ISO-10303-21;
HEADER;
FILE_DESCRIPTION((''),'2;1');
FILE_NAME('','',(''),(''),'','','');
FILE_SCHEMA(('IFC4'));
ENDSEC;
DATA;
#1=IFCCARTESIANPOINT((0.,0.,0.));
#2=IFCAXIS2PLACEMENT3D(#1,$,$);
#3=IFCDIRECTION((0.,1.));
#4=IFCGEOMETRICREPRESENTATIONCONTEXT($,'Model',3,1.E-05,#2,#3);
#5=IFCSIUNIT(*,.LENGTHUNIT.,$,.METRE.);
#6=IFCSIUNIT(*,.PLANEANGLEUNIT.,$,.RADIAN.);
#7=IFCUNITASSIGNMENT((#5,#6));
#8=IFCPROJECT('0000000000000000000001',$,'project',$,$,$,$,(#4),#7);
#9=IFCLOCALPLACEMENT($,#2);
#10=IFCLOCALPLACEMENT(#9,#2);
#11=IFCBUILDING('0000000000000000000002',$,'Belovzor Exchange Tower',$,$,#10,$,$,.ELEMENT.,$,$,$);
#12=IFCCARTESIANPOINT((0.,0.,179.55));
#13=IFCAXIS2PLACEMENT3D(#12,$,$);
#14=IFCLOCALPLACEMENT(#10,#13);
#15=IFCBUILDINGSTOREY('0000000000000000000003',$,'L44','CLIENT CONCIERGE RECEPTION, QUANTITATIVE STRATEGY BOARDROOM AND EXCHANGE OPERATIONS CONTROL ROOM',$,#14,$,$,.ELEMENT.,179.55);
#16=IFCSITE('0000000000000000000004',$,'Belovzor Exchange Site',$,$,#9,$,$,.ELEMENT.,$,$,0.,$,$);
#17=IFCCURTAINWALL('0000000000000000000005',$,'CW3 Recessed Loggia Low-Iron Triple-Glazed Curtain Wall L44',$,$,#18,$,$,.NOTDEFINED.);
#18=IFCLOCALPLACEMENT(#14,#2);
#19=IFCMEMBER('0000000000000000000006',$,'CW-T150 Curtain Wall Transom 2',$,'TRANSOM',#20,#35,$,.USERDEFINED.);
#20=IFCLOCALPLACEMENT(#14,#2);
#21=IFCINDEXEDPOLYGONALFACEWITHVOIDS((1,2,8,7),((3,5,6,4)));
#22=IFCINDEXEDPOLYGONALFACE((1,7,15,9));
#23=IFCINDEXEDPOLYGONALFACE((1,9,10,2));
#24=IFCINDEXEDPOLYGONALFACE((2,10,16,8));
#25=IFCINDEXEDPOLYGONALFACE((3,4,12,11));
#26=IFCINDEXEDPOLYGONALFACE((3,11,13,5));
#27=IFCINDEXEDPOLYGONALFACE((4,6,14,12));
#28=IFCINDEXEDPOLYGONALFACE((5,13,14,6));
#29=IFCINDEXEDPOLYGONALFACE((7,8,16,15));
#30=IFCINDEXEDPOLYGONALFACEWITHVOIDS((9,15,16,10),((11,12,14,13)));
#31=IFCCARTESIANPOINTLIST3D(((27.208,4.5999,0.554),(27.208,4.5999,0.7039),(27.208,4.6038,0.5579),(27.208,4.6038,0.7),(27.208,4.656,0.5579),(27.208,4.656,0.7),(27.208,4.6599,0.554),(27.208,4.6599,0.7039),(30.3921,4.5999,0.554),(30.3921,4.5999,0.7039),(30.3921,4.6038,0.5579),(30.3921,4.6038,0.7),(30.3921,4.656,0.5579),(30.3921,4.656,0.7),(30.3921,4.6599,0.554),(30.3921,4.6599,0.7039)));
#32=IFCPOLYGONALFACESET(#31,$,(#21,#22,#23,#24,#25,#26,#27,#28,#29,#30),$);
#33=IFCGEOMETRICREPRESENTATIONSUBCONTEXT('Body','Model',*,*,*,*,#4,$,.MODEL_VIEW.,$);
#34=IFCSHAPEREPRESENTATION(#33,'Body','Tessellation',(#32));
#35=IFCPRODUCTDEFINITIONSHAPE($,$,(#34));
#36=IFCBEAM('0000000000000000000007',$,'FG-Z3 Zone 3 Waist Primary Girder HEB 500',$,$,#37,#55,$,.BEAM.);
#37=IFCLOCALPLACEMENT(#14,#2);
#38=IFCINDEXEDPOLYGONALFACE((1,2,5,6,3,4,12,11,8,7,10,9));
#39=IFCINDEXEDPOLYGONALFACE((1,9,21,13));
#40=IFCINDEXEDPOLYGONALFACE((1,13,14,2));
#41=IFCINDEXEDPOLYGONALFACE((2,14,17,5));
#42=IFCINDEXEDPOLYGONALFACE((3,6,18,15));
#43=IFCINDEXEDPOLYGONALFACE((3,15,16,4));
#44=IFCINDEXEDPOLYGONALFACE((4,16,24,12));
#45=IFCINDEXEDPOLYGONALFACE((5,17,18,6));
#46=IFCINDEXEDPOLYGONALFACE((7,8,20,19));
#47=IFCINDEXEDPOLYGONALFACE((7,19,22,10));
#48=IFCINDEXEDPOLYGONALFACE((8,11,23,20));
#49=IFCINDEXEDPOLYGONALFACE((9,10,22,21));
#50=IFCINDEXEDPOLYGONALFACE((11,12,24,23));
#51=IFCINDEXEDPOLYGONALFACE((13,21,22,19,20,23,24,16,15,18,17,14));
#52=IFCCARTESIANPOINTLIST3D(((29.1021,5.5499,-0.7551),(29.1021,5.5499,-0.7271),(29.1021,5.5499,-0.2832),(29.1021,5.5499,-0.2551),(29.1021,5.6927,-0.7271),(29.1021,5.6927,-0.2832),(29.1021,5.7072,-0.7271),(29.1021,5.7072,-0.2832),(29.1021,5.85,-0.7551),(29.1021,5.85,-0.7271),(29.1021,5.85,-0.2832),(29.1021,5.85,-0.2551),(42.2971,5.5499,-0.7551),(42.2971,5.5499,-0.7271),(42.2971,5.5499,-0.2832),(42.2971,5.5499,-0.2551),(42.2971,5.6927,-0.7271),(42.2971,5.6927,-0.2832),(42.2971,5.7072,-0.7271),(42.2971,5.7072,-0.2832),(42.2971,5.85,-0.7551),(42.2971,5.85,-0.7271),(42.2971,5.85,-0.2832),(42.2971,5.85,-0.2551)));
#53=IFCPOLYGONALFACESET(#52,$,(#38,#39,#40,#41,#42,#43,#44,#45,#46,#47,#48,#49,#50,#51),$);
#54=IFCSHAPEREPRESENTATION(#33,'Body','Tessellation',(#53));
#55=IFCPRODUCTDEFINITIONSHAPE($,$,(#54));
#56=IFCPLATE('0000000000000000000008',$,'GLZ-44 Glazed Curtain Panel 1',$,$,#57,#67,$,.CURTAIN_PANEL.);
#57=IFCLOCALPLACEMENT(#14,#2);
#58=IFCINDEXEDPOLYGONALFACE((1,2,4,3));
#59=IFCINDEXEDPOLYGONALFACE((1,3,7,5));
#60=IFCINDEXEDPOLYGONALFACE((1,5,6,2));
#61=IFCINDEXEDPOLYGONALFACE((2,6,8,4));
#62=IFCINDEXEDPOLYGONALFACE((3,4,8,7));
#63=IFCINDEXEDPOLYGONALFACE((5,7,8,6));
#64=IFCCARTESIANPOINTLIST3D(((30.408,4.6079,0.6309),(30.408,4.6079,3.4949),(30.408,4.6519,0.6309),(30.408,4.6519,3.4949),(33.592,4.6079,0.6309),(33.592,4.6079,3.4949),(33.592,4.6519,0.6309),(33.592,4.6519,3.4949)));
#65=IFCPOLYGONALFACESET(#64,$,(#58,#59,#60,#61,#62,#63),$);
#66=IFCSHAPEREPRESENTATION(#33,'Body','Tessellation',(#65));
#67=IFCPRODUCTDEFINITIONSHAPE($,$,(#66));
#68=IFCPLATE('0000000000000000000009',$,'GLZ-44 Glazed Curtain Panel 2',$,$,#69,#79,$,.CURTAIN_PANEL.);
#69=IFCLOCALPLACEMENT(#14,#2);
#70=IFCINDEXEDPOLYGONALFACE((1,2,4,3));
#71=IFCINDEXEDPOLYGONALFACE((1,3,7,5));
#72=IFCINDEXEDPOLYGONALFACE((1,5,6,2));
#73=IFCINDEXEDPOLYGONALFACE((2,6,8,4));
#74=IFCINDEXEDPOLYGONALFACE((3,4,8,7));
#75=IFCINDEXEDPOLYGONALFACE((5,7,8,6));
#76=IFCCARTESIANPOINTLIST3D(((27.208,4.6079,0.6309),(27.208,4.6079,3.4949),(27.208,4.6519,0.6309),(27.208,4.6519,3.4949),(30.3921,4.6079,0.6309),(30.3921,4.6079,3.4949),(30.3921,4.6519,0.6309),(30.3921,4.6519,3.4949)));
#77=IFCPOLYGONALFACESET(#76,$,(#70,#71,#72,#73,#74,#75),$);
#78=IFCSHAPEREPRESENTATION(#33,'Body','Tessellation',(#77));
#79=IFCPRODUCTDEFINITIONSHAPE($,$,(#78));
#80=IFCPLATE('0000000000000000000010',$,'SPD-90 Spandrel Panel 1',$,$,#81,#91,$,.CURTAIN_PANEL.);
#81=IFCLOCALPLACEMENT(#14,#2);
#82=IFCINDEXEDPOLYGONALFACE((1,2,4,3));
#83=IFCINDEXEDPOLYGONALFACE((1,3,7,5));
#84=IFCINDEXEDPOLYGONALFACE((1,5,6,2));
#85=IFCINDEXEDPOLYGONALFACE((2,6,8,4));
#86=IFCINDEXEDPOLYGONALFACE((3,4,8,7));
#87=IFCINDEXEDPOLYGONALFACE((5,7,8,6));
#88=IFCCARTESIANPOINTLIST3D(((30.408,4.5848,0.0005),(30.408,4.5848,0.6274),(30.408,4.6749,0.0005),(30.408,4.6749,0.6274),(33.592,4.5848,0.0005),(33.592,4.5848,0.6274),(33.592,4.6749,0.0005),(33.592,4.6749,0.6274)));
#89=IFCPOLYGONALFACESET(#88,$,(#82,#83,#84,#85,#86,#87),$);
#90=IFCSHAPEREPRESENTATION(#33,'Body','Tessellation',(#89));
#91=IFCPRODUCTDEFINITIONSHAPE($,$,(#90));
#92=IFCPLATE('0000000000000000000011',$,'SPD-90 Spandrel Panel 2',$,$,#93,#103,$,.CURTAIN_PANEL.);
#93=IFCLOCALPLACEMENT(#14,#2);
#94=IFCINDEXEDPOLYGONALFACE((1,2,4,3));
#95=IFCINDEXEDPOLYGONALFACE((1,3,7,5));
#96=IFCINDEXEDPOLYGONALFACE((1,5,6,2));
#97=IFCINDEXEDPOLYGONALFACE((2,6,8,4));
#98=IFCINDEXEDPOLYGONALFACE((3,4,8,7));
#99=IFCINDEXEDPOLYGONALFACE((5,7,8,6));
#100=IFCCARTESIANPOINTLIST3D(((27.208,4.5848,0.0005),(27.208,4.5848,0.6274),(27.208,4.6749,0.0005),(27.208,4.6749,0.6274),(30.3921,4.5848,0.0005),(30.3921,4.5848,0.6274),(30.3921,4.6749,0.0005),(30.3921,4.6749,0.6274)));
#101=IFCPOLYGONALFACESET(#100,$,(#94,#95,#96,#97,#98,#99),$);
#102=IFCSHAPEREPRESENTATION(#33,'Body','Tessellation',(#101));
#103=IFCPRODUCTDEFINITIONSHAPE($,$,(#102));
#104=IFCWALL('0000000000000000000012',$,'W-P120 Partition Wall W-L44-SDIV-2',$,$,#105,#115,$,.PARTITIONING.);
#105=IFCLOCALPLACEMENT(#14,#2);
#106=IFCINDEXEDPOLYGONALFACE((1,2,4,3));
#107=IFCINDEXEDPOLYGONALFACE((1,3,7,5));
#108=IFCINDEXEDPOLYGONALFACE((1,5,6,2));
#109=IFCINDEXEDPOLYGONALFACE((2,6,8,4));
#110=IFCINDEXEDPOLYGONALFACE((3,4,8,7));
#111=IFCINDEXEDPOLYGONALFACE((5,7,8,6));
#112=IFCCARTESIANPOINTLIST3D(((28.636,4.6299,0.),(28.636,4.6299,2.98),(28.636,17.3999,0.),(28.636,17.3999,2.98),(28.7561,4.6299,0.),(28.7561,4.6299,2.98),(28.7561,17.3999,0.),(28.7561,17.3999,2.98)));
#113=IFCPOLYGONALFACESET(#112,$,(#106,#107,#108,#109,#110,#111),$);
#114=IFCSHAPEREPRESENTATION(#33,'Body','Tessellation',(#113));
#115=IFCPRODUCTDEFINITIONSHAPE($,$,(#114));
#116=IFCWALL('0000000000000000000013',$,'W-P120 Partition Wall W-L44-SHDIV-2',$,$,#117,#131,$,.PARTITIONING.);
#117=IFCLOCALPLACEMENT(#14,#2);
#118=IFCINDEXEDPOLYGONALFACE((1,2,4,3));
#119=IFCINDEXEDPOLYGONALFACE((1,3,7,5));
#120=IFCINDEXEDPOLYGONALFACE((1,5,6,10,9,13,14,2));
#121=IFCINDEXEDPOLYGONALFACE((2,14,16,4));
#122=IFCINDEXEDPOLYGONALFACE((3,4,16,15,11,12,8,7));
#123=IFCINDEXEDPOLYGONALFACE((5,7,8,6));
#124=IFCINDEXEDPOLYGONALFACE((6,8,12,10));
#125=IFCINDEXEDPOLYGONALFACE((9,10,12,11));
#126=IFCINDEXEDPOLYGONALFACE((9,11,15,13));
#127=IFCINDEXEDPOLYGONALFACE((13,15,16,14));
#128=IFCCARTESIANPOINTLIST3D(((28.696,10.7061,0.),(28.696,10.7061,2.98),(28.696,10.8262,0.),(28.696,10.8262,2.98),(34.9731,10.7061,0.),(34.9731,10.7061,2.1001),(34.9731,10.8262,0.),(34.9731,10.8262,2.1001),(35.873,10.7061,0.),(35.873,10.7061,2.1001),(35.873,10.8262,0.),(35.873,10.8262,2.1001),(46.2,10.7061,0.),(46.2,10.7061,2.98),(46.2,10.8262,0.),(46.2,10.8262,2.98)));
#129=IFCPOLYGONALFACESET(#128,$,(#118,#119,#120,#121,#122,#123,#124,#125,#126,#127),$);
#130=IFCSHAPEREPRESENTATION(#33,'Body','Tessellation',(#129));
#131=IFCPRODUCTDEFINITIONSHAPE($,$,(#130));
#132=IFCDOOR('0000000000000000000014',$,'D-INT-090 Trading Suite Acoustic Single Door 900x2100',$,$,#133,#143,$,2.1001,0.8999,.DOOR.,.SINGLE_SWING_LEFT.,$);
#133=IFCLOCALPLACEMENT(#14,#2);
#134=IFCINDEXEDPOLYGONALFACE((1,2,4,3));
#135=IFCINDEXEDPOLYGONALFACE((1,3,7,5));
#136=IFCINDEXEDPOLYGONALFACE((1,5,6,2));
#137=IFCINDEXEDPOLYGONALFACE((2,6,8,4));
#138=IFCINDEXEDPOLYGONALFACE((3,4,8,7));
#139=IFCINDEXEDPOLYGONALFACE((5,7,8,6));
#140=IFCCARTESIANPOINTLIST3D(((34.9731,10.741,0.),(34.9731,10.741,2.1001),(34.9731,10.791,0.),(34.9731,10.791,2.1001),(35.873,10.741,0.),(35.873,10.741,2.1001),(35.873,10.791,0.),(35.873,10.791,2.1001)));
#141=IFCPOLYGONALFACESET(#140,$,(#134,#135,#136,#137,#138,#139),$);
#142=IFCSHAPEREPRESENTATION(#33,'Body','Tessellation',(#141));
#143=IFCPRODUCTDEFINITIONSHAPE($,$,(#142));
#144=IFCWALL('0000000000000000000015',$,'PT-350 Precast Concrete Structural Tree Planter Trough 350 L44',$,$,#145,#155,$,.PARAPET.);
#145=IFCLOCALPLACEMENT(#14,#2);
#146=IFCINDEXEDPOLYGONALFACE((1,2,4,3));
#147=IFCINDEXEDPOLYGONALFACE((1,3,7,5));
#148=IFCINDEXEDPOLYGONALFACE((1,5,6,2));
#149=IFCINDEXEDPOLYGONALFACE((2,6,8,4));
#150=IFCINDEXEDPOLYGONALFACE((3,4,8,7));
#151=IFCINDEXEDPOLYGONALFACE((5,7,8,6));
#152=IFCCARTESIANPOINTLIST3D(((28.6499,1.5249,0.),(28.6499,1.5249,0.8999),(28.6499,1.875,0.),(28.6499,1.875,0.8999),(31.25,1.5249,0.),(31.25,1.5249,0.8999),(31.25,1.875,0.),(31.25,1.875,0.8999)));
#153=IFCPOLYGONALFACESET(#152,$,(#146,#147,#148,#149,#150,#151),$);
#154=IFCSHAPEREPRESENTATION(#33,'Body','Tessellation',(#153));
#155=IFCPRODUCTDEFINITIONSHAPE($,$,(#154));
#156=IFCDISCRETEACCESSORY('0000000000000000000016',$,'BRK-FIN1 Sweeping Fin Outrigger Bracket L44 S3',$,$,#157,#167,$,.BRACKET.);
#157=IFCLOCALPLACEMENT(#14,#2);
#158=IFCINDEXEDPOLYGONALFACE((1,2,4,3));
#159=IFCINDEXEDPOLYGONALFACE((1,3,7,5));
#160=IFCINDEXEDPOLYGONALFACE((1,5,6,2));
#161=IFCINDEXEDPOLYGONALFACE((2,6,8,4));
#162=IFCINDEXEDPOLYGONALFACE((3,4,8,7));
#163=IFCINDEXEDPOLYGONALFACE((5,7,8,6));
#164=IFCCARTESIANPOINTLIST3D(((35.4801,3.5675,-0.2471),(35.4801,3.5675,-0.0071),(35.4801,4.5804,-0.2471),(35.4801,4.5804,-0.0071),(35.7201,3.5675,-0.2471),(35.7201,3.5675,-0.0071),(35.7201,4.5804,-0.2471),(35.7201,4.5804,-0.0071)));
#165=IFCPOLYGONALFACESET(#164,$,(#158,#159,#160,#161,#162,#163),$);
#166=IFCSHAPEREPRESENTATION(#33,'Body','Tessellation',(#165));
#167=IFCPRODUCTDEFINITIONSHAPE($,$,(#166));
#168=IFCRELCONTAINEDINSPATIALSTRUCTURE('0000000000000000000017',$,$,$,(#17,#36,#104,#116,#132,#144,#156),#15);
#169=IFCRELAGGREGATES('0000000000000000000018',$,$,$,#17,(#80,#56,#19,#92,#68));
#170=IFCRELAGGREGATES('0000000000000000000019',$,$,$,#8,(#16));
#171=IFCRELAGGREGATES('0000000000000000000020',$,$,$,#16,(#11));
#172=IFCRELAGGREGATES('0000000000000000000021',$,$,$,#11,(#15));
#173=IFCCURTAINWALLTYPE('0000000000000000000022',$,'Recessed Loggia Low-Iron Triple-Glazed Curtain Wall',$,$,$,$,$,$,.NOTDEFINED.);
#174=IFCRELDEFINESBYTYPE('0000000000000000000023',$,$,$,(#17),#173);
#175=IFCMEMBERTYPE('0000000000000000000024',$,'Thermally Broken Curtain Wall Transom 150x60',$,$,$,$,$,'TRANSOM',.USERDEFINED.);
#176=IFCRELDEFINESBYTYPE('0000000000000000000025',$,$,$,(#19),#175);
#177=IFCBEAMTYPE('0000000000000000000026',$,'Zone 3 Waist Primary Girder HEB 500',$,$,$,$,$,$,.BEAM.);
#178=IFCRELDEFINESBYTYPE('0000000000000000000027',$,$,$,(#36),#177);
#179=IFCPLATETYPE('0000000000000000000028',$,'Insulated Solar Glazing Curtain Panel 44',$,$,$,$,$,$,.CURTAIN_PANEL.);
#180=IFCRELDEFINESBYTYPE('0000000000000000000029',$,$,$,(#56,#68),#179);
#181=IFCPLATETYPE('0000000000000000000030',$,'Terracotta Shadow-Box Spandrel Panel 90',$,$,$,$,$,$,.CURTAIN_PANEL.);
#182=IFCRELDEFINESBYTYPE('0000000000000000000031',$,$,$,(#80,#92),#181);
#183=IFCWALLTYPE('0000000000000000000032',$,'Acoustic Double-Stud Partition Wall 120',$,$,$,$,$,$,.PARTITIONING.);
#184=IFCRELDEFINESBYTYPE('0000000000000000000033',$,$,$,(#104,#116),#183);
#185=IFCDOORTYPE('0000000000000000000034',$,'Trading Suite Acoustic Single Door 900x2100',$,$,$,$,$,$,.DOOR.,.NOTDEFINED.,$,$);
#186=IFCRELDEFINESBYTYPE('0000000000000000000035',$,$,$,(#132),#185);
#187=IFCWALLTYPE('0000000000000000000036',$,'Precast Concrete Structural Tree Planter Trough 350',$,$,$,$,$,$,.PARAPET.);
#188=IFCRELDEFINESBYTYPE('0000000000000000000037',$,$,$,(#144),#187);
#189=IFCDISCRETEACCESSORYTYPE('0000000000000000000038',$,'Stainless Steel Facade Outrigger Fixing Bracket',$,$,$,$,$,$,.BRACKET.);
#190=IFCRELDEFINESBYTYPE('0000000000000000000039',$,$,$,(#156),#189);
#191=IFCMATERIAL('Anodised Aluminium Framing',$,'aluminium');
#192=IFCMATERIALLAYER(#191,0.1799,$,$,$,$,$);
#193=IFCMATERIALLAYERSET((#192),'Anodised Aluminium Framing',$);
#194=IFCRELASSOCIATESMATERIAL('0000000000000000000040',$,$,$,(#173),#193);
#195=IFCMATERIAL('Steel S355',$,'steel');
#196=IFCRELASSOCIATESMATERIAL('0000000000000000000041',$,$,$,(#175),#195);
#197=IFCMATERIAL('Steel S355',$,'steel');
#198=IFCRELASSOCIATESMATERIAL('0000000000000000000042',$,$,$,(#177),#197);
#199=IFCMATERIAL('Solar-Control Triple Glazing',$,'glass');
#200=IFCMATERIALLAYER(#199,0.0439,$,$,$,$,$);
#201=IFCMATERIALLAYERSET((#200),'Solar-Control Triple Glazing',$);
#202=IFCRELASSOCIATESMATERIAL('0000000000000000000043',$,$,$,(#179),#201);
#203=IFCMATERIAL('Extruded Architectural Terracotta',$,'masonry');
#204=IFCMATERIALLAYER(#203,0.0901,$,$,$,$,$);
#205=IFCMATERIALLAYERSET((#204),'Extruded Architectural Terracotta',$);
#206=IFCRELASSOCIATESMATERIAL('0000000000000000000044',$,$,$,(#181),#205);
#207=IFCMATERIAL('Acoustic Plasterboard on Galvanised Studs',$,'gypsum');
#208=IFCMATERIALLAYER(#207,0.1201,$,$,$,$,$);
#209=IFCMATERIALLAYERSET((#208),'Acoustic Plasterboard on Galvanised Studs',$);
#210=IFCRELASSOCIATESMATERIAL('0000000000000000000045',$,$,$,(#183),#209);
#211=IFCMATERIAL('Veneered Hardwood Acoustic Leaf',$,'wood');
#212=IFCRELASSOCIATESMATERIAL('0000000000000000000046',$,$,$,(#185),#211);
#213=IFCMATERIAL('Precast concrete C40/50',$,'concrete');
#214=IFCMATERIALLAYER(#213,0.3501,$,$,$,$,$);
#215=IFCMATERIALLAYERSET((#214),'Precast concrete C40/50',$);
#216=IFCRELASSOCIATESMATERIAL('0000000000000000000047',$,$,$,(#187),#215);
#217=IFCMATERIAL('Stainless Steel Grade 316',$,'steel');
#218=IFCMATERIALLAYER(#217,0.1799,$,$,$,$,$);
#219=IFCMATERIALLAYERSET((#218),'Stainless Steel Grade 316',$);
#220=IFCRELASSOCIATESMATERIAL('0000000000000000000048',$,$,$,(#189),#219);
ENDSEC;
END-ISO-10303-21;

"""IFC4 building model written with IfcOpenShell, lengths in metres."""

from ifc_helpers import new_model, si_unit, direction, frame, frame_2d, origin, origin_2d, place, context, subcontext, project, spatial, rectangle, hollow_rectangle, i_section, extrude, material, layer, layer_set, material_profile, profile_set, type_object, element, fill, aggregate, save


model = new_model("IFC4")

# Units and contexts
model_context = context("Model", 3, precision=1e-05, world=origin(), true_north=direction((0.0, 1.0)))
body_context = subcontext(model_context, "Body", "Model", "MODEL_VIEW")
ifc_project = project(units=[si_unit("LENGTHUNIT", "METRE"), si_unit("PLANEANGLEUNIT", "RADIAN")], contexts=[model_context])

# Site, building, storey
site_placement = place(None, origin())
site = spatial("IfcSite", under=ifc_project, at=site_placement, Name="Belovzor Exchange Site", CompositionType="ELEMENT", RefElevation=0.0)
building_placement = place(site_placement, origin())
building = spatial("IfcBuilding", under=site, at=building_placement, Name="Belovzor Exchange Tower", CompositionType="ELEMENT")
storey_placement = place(building_placement, frame((0.0, 0.0, 179.55)))
storey = spatial("IfcBuildingStorey", under=building, at=storey_placement, Name="L44", Description="CLIENT CONCIERGE RECEPTION, QUANTITATIVE STRATEGY BOARDROOM AND EXCHANGE OPERATIONS CONTROL ROOM", CompositionType="ELEMENT", Elevation=179.55)

# Curtain wall, member
ifc_material_1 = material(Name="Anodised Aluminium Framing", Category="aluminium")
ifc_layer_1 = layer(ifc_material_1, 0.1799)
ifc_layer_set_1 = layer_set([ifc_layer_1], Name="Anodised Aluminium Framing")
curtain_wall_type = type_object("IfcCurtainWallType", Name="Recessed Loggia Low-Iron Triple-Glazed Curtain Wall", PredefinedType="NOTDEFINED", material=ifc_layer_set_1)
curtain_wall_placement = place(storey_placement, origin())
curtain_wall = element("IfcCurtainWall", 1, at=curtain_wall_placement, inside=storey, type_object=curtain_wall_type, Name="CW3 Recessed Loggia Low-Iron Triple-Glazed Curtain Wall L44", PredefinedType="NOTDEFINED")
ifc_material_2 = material(Name="Steel S355", Category="steel")
ifc_material_profile_1 = material_profile(ifc_material_2, hollow_rectangle(XDim=0.0601, YDim=0.1499, WallThickness=0.0039, at=origin_2d()))
ifc_profile_set_1 = profile_set([ifc_material_profile_1], Name="Steel S355")
member_type_1 = type_object("IfcMemberType", Name="Thermally Broken Curtain Wall Transom 150x60", ElementType="TRANSOM", PredefinedType="USERDEFINED", material=ifc_profile_set_1)
member_1_placement = place(storey_placement, frame((30.3921, 4.6299, 0.6289), z_axis=(-1.0, 0.0, 0.0), x_axis=(0.0, -1.0, 0.0)))
member_1 = element("IfcMember", 2, at=member_1_placement, type_object=member_type_1, Name="CW-T150 Curtain Wall Transom 2", ObjectType="TRANSOM", PredefinedType="USERDEFINED", context=body_context, shape_type="SweptSolid", body=[
    extrude(hollow_rectangle(XDim=0.0601, YDim=0.1499, WallThickness=0.0039, at=origin_2d()), origin(), (0.0, 0.0, 1.0), 3.1841),
])

# Beam
ifc_material_3 = material(Name="Steel S355", Category="steel")
ifc_material_profile_2 = material_profile(ifc_material_3, i_section(OverallWidth=0.3, OverallDepth=0.5, WebThickness=0.0144, FlangeThickness=0.0281, at=origin_2d()))
ifc_profile_set_2 = profile_set([ifc_material_profile_2], Name="Steel S355")
beam_type_1 = type_object("IfcBeamType", Name="Zone 3 Waist Primary Girder HEB 500", PredefinedType="BEAM", material=ifc_profile_set_2)
beam_1_placement = place(storey_placement, frame((29.1021, 5.7, -0.5051), z_axis=(1.0, 0.0, 0.0), x_axis=(0.0, 1.0, 0.0)))
element("IfcBeam", 3, at=beam_1_placement, inside=storey, type_object=beam_type_1, Name="FG-Z3 Zone 3 Waist Primary Girder HEB 500", PredefinedType="BEAM", context=body_context, shape_type="SweptSolid", body=[
    extrude(i_section(OverallWidth=0.3, OverallDepth=0.5, WebThickness=0.0144, FlangeThickness=0.0281, at=origin_2d()), origin(), (0.0, 0.0, 1.0), 13.1951),
])

# Plates
ifc_material_4 = material(Name="Solar-Control Triple Glazing", Category="glass")
ifc_layer_2 = layer(ifc_material_4, 0.0439)
ifc_layer_set_2 = layer_set([ifc_layer_2], Name="Solar-Control Triple Glazing")
plate_type_1 = type_object("IfcPlateType", Name="Insulated Solar Glazing Curtain Panel 44", PredefinedType="CURTAIN_PANEL", material=ifc_layer_set_2)
plate_1_placement = place(storey_placement, frame((32.0, 4.6299, 0.6309), z_axis=(0.0, 0.0, 1.0), x_axis=(-1.0, 0.0, 0.0)))
plate_1 = element("IfcPlate", 4, at=plate_1_placement, type_object=plate_type_1, Name="GLZ-44 Glazed Curtain Panel 1", PredefinedType="CURTAIN_PANEL", context=body_context, shape_type="SweptSolid", body=[
    extrude(rectangle(XDim=3.1841, YDim=0.0439, at=origin_2d()), origin(), (0.0, 0.0, 1.0), 2.864),
])
plate_2_placement = place(storey_placement, frame((28.8, 4.6299, 0.6309), z_axis=(0.0, 0.0, 1.0), x_axis=(-1.0, 0.0, 0.0)))
plate_2 = element("IfcPlate", 5, at=plate_2_placement, type_object=plate_type_1, Name="GLZ-44 Glazed Curtain Panel 2", PredefinedType="CURTAIN_PANEL", context=body_context, shape_type="SweptSolid", body=[
    extrude(rectangle(XDim=3.1841, YDim=0.0439, at=origin_2d()), origin(), (0.0, 0.0, 1.0), 2.864),
])
ifc_material_5 = material(Name="Extruded Architectural Terracotta", Category="masonry")
ifc_layer_3 = layer(ifc_material_5, 0.0901)
ifc_layer_set_3 = layer_set([ifc_layer_3], Name="Extruded Architectural Terracotta")
plate_type_2 = type_object("IfcPlateType", Name="Terracotta Shadow-Box Spandrel Panel 90", PredefinedType="CURTAIN_PANEL", material=ifc_layer_set_3)
plate_3_placement = place(storey_placement, frame((32.0, 4.6299, 0.0005), z_axis=(0.0, 0.0, 1.0), x_axis=(-1.0, 0.0, 0.0)))
plate_3 = element("IfcPlate", 6, at=plate_3_placement, type_object=plate_type_2, Name="SPD-90 Spandrel Panel 1", PredefinedType="CURTAIN_PANEL", context=body_context, shape_type="SweptSolid", body=[
    extrude(rectangle(XDim=3.1841, YDim=0.0901, at=origin_2d()), origin(), (0.0, 0.0, 1.0), 0.627),
])
plate_4_placement = place(storey_placement, frame((28.8, 4.6299, 0.0005), z_axis=(0.0, 0.0, 1.0), x_axis=(-1.0, 0.0, 0.0)))
plate_4 = element("IfcPlate", 7, at=plate_4_placement, type_object=plate_type_2, Name="SPD-90 Spandrel Panel 2", PredefinedType="CURTAIN_PANEL", context=body_context, shape_type="SweptSolid", body=[
    extrude(rectangle(XDim=3.1841, YDim=0.0901, at=origin_2d()), origin(), (0.0, 0.0, 1.0), 0.627),
])
aggregate(curtain_wall, [plate_3, plate_1, member_1, plate_4, plate_2])

# Wall
ifc_material_6 = material(Name="Acoustic Plasterboard on Galvanised Studs", Category="gypsum")
ifc_layer_4 = layer(ifc_material_6, 0.1201)
ifc_layer_set_4 = layer_set([ifc_layer_4], Name="Acoustic Plasterboard on Galvanised Studs")
wall_type_1 = type_object("IfcWallType", Name="Acoustic Double-Stud Partition Wall 120", PredefinedType="PARTITIONING", material=ifc_layer_set_4)
wall_1_placement = place(storey_placement, frame((28.696, 4.6299, 0.0), z_axis=(0.0, 0.0, 1.0), x_axis=(0.0, 1.0, 0.0)))
element("IfcWall", 8, at=wall_1_placement, inside=storey, type_object=wall_type_1, Name="W-P120 Partition Wall W-L44-SDIV-2", PredefinedType="PARTITIONING", context=body_context, shape_type="SweptSolid", body=[
    extrude(rectangle(XDim=12.77, YDim=0.1201, at=frame_2d((6.385, 0.0))), origin(), (0.0, 0.0, 1.0), 2.98),
])

# Wall, opening, door
wall_2_placement = place(storey_placement, frame((28.696, 10.7661, 0.0), z_axis=(0.0, 0.0, 1.0), x_axis=(1.0, 0.0, 0.0)))
wall_2 = element("IfcWall", 9, at=wall_2_placement, inside=storey, type_object=wall_type_1, Name="W-P120 Partition Wall W-L44-SHDIV-2", PredefinedType="PARTITIONING", context=body_context, shape_type="SweptSolid", body=[
    extrude(rectangle(XDim=17.5039, YDim=0.1201, at=frame_2d((8.752, 0.0))), origin(), (0.0, 0.0, 1.0), 2.98),
])
opening_placement = place(wall_2_placement, frame((6.2771, 0.0, 0.0)))
opening = element("IfcOpeningElement", 10, at=opening_placement, cuts=wall_2, PredefinedType="OPENING", context=body_context, shape_type="SweptSolid", body=[
    extrude(rectangle(XDim=0.8999, YDim=2.1001, at=frame_2d((0.45, 1.05))), frame((0.0, 0.0701, 0.0), z_axis=(0.0, -1.0, 0.0), x_axis=(1.0, 0.0, 0.0)), (0.0, 0.0, 1.0), 0.1401),
])
ifc_material_7 = material(Name="Veneered Hardwood Acoustic Leaf", Category="wood")
door_type = type_object("IfcDoorType", Name="Trading Suite Acoustic Single Door 900x2100", OperationType="NOTDEFINED", PredefinedType="DOOR", material=ifc_material_7)
door_placement = place(opening_placement, origin())
door = element("IfcDoor", 11, at=door_placement, inside=storey, type_object=door_type, Name="D-INT-090 Trading Suite Acoustic Single Door 900x2100", OperationType="SINGLE_SWING_LEFT", OverallHeight=2.1001, OverallWidth=0.8999, PredefinedType="DOOR", context=body_context, shape_type="SweptSolid", body=[
    extrude(rectangle(XDim=0.8999, YDim=2.1001, at=frame_2d((0.45, 1.05))), frame((0.0, 0.0249, 0.0), z_axis=(0.0, -1.0, 0.0), x_axis=(1.0, 0.0, 0.0)), (0.0, 0.0, 1.0), 0.05),
])
fill(opening, door)

# Wall
ifc_material_8 = material(Name="Precast concrete C40/50", Category="concrete")
ifc_layer_5 = layer(ifc_material_8, 0.3501)
ifc_layer_set_5 = layer_set([ifc_layer_5], Name="Precast concrete C40/50")
wall_type_2 = type_object("IfcWallType", Name="Precast Concrete Structural Tree Planter Trough 350", PredefinedType="PARAPET", material=ifc_layer_set_5)
wall_3_placement = place(storey_placement, frame((28.6499, 1.7, 0.0), z_axis=(0.0, 0.0, 1.0), x_axis=(1.0, 0.0, 0.0)))
element("IfcWall", 12, at=wall_3_placement, inside=storey, type_object=wall_type_2, Name="PT-350 Precast Concrete Structural Tree Planter Trough 350 L44", PredefinedType="PARAPET", context=body_context, shape_type="SweptSolid", body=[
    extrude(rectangle(XDim=2.6001, YDim=0.3501, at=frame_2d((1.3, 0.0))), origin(), (0.0, 0.0, 1.0), 0.8999),
])

# Discrete accessory
ifc_material_9 = material(Name="Stainless Steel Grade 316", Category="steel")
ifc_layer_6 = layer(ifc_material_9, 0.1799)
ifc_layer_set_6 = layer_set([ifc_layer_6], Name="Stainless Steel Grade 316")
discrete_accessory_type = type_object("IfcDiscreteAccessoryType", Name="Stainless Steel Facade Outrigger Fixing Bracket", PredefinedType="BRACKET", material=ifc_layer_set_6)
discrete_accessory_placement = place(storey_placement, frame((35.6001, 4.074, -0.2471), z_axis=(0.0, 0.0, 1.0), x_axis=(0.0, 1.0, 0.0)))
element("IfcDiscreteAccessory", 13, at=discrete_accessory_placement, inside=storey, type_object=discrete_accessory_type, Name="BRK-FIN1 Sweeping Fin Outrigger Bracket L44 S3", PredefinedType="BRACKET", context=body_context, shape_type="SweptSolid", body=[
    extrude(rectangle(XDim=1.0129, YDim=0.24, at=origin_2d()), origin(), (0.0, 0.0, 1.0), 0.24),
])

save(model, "model.ifc")
